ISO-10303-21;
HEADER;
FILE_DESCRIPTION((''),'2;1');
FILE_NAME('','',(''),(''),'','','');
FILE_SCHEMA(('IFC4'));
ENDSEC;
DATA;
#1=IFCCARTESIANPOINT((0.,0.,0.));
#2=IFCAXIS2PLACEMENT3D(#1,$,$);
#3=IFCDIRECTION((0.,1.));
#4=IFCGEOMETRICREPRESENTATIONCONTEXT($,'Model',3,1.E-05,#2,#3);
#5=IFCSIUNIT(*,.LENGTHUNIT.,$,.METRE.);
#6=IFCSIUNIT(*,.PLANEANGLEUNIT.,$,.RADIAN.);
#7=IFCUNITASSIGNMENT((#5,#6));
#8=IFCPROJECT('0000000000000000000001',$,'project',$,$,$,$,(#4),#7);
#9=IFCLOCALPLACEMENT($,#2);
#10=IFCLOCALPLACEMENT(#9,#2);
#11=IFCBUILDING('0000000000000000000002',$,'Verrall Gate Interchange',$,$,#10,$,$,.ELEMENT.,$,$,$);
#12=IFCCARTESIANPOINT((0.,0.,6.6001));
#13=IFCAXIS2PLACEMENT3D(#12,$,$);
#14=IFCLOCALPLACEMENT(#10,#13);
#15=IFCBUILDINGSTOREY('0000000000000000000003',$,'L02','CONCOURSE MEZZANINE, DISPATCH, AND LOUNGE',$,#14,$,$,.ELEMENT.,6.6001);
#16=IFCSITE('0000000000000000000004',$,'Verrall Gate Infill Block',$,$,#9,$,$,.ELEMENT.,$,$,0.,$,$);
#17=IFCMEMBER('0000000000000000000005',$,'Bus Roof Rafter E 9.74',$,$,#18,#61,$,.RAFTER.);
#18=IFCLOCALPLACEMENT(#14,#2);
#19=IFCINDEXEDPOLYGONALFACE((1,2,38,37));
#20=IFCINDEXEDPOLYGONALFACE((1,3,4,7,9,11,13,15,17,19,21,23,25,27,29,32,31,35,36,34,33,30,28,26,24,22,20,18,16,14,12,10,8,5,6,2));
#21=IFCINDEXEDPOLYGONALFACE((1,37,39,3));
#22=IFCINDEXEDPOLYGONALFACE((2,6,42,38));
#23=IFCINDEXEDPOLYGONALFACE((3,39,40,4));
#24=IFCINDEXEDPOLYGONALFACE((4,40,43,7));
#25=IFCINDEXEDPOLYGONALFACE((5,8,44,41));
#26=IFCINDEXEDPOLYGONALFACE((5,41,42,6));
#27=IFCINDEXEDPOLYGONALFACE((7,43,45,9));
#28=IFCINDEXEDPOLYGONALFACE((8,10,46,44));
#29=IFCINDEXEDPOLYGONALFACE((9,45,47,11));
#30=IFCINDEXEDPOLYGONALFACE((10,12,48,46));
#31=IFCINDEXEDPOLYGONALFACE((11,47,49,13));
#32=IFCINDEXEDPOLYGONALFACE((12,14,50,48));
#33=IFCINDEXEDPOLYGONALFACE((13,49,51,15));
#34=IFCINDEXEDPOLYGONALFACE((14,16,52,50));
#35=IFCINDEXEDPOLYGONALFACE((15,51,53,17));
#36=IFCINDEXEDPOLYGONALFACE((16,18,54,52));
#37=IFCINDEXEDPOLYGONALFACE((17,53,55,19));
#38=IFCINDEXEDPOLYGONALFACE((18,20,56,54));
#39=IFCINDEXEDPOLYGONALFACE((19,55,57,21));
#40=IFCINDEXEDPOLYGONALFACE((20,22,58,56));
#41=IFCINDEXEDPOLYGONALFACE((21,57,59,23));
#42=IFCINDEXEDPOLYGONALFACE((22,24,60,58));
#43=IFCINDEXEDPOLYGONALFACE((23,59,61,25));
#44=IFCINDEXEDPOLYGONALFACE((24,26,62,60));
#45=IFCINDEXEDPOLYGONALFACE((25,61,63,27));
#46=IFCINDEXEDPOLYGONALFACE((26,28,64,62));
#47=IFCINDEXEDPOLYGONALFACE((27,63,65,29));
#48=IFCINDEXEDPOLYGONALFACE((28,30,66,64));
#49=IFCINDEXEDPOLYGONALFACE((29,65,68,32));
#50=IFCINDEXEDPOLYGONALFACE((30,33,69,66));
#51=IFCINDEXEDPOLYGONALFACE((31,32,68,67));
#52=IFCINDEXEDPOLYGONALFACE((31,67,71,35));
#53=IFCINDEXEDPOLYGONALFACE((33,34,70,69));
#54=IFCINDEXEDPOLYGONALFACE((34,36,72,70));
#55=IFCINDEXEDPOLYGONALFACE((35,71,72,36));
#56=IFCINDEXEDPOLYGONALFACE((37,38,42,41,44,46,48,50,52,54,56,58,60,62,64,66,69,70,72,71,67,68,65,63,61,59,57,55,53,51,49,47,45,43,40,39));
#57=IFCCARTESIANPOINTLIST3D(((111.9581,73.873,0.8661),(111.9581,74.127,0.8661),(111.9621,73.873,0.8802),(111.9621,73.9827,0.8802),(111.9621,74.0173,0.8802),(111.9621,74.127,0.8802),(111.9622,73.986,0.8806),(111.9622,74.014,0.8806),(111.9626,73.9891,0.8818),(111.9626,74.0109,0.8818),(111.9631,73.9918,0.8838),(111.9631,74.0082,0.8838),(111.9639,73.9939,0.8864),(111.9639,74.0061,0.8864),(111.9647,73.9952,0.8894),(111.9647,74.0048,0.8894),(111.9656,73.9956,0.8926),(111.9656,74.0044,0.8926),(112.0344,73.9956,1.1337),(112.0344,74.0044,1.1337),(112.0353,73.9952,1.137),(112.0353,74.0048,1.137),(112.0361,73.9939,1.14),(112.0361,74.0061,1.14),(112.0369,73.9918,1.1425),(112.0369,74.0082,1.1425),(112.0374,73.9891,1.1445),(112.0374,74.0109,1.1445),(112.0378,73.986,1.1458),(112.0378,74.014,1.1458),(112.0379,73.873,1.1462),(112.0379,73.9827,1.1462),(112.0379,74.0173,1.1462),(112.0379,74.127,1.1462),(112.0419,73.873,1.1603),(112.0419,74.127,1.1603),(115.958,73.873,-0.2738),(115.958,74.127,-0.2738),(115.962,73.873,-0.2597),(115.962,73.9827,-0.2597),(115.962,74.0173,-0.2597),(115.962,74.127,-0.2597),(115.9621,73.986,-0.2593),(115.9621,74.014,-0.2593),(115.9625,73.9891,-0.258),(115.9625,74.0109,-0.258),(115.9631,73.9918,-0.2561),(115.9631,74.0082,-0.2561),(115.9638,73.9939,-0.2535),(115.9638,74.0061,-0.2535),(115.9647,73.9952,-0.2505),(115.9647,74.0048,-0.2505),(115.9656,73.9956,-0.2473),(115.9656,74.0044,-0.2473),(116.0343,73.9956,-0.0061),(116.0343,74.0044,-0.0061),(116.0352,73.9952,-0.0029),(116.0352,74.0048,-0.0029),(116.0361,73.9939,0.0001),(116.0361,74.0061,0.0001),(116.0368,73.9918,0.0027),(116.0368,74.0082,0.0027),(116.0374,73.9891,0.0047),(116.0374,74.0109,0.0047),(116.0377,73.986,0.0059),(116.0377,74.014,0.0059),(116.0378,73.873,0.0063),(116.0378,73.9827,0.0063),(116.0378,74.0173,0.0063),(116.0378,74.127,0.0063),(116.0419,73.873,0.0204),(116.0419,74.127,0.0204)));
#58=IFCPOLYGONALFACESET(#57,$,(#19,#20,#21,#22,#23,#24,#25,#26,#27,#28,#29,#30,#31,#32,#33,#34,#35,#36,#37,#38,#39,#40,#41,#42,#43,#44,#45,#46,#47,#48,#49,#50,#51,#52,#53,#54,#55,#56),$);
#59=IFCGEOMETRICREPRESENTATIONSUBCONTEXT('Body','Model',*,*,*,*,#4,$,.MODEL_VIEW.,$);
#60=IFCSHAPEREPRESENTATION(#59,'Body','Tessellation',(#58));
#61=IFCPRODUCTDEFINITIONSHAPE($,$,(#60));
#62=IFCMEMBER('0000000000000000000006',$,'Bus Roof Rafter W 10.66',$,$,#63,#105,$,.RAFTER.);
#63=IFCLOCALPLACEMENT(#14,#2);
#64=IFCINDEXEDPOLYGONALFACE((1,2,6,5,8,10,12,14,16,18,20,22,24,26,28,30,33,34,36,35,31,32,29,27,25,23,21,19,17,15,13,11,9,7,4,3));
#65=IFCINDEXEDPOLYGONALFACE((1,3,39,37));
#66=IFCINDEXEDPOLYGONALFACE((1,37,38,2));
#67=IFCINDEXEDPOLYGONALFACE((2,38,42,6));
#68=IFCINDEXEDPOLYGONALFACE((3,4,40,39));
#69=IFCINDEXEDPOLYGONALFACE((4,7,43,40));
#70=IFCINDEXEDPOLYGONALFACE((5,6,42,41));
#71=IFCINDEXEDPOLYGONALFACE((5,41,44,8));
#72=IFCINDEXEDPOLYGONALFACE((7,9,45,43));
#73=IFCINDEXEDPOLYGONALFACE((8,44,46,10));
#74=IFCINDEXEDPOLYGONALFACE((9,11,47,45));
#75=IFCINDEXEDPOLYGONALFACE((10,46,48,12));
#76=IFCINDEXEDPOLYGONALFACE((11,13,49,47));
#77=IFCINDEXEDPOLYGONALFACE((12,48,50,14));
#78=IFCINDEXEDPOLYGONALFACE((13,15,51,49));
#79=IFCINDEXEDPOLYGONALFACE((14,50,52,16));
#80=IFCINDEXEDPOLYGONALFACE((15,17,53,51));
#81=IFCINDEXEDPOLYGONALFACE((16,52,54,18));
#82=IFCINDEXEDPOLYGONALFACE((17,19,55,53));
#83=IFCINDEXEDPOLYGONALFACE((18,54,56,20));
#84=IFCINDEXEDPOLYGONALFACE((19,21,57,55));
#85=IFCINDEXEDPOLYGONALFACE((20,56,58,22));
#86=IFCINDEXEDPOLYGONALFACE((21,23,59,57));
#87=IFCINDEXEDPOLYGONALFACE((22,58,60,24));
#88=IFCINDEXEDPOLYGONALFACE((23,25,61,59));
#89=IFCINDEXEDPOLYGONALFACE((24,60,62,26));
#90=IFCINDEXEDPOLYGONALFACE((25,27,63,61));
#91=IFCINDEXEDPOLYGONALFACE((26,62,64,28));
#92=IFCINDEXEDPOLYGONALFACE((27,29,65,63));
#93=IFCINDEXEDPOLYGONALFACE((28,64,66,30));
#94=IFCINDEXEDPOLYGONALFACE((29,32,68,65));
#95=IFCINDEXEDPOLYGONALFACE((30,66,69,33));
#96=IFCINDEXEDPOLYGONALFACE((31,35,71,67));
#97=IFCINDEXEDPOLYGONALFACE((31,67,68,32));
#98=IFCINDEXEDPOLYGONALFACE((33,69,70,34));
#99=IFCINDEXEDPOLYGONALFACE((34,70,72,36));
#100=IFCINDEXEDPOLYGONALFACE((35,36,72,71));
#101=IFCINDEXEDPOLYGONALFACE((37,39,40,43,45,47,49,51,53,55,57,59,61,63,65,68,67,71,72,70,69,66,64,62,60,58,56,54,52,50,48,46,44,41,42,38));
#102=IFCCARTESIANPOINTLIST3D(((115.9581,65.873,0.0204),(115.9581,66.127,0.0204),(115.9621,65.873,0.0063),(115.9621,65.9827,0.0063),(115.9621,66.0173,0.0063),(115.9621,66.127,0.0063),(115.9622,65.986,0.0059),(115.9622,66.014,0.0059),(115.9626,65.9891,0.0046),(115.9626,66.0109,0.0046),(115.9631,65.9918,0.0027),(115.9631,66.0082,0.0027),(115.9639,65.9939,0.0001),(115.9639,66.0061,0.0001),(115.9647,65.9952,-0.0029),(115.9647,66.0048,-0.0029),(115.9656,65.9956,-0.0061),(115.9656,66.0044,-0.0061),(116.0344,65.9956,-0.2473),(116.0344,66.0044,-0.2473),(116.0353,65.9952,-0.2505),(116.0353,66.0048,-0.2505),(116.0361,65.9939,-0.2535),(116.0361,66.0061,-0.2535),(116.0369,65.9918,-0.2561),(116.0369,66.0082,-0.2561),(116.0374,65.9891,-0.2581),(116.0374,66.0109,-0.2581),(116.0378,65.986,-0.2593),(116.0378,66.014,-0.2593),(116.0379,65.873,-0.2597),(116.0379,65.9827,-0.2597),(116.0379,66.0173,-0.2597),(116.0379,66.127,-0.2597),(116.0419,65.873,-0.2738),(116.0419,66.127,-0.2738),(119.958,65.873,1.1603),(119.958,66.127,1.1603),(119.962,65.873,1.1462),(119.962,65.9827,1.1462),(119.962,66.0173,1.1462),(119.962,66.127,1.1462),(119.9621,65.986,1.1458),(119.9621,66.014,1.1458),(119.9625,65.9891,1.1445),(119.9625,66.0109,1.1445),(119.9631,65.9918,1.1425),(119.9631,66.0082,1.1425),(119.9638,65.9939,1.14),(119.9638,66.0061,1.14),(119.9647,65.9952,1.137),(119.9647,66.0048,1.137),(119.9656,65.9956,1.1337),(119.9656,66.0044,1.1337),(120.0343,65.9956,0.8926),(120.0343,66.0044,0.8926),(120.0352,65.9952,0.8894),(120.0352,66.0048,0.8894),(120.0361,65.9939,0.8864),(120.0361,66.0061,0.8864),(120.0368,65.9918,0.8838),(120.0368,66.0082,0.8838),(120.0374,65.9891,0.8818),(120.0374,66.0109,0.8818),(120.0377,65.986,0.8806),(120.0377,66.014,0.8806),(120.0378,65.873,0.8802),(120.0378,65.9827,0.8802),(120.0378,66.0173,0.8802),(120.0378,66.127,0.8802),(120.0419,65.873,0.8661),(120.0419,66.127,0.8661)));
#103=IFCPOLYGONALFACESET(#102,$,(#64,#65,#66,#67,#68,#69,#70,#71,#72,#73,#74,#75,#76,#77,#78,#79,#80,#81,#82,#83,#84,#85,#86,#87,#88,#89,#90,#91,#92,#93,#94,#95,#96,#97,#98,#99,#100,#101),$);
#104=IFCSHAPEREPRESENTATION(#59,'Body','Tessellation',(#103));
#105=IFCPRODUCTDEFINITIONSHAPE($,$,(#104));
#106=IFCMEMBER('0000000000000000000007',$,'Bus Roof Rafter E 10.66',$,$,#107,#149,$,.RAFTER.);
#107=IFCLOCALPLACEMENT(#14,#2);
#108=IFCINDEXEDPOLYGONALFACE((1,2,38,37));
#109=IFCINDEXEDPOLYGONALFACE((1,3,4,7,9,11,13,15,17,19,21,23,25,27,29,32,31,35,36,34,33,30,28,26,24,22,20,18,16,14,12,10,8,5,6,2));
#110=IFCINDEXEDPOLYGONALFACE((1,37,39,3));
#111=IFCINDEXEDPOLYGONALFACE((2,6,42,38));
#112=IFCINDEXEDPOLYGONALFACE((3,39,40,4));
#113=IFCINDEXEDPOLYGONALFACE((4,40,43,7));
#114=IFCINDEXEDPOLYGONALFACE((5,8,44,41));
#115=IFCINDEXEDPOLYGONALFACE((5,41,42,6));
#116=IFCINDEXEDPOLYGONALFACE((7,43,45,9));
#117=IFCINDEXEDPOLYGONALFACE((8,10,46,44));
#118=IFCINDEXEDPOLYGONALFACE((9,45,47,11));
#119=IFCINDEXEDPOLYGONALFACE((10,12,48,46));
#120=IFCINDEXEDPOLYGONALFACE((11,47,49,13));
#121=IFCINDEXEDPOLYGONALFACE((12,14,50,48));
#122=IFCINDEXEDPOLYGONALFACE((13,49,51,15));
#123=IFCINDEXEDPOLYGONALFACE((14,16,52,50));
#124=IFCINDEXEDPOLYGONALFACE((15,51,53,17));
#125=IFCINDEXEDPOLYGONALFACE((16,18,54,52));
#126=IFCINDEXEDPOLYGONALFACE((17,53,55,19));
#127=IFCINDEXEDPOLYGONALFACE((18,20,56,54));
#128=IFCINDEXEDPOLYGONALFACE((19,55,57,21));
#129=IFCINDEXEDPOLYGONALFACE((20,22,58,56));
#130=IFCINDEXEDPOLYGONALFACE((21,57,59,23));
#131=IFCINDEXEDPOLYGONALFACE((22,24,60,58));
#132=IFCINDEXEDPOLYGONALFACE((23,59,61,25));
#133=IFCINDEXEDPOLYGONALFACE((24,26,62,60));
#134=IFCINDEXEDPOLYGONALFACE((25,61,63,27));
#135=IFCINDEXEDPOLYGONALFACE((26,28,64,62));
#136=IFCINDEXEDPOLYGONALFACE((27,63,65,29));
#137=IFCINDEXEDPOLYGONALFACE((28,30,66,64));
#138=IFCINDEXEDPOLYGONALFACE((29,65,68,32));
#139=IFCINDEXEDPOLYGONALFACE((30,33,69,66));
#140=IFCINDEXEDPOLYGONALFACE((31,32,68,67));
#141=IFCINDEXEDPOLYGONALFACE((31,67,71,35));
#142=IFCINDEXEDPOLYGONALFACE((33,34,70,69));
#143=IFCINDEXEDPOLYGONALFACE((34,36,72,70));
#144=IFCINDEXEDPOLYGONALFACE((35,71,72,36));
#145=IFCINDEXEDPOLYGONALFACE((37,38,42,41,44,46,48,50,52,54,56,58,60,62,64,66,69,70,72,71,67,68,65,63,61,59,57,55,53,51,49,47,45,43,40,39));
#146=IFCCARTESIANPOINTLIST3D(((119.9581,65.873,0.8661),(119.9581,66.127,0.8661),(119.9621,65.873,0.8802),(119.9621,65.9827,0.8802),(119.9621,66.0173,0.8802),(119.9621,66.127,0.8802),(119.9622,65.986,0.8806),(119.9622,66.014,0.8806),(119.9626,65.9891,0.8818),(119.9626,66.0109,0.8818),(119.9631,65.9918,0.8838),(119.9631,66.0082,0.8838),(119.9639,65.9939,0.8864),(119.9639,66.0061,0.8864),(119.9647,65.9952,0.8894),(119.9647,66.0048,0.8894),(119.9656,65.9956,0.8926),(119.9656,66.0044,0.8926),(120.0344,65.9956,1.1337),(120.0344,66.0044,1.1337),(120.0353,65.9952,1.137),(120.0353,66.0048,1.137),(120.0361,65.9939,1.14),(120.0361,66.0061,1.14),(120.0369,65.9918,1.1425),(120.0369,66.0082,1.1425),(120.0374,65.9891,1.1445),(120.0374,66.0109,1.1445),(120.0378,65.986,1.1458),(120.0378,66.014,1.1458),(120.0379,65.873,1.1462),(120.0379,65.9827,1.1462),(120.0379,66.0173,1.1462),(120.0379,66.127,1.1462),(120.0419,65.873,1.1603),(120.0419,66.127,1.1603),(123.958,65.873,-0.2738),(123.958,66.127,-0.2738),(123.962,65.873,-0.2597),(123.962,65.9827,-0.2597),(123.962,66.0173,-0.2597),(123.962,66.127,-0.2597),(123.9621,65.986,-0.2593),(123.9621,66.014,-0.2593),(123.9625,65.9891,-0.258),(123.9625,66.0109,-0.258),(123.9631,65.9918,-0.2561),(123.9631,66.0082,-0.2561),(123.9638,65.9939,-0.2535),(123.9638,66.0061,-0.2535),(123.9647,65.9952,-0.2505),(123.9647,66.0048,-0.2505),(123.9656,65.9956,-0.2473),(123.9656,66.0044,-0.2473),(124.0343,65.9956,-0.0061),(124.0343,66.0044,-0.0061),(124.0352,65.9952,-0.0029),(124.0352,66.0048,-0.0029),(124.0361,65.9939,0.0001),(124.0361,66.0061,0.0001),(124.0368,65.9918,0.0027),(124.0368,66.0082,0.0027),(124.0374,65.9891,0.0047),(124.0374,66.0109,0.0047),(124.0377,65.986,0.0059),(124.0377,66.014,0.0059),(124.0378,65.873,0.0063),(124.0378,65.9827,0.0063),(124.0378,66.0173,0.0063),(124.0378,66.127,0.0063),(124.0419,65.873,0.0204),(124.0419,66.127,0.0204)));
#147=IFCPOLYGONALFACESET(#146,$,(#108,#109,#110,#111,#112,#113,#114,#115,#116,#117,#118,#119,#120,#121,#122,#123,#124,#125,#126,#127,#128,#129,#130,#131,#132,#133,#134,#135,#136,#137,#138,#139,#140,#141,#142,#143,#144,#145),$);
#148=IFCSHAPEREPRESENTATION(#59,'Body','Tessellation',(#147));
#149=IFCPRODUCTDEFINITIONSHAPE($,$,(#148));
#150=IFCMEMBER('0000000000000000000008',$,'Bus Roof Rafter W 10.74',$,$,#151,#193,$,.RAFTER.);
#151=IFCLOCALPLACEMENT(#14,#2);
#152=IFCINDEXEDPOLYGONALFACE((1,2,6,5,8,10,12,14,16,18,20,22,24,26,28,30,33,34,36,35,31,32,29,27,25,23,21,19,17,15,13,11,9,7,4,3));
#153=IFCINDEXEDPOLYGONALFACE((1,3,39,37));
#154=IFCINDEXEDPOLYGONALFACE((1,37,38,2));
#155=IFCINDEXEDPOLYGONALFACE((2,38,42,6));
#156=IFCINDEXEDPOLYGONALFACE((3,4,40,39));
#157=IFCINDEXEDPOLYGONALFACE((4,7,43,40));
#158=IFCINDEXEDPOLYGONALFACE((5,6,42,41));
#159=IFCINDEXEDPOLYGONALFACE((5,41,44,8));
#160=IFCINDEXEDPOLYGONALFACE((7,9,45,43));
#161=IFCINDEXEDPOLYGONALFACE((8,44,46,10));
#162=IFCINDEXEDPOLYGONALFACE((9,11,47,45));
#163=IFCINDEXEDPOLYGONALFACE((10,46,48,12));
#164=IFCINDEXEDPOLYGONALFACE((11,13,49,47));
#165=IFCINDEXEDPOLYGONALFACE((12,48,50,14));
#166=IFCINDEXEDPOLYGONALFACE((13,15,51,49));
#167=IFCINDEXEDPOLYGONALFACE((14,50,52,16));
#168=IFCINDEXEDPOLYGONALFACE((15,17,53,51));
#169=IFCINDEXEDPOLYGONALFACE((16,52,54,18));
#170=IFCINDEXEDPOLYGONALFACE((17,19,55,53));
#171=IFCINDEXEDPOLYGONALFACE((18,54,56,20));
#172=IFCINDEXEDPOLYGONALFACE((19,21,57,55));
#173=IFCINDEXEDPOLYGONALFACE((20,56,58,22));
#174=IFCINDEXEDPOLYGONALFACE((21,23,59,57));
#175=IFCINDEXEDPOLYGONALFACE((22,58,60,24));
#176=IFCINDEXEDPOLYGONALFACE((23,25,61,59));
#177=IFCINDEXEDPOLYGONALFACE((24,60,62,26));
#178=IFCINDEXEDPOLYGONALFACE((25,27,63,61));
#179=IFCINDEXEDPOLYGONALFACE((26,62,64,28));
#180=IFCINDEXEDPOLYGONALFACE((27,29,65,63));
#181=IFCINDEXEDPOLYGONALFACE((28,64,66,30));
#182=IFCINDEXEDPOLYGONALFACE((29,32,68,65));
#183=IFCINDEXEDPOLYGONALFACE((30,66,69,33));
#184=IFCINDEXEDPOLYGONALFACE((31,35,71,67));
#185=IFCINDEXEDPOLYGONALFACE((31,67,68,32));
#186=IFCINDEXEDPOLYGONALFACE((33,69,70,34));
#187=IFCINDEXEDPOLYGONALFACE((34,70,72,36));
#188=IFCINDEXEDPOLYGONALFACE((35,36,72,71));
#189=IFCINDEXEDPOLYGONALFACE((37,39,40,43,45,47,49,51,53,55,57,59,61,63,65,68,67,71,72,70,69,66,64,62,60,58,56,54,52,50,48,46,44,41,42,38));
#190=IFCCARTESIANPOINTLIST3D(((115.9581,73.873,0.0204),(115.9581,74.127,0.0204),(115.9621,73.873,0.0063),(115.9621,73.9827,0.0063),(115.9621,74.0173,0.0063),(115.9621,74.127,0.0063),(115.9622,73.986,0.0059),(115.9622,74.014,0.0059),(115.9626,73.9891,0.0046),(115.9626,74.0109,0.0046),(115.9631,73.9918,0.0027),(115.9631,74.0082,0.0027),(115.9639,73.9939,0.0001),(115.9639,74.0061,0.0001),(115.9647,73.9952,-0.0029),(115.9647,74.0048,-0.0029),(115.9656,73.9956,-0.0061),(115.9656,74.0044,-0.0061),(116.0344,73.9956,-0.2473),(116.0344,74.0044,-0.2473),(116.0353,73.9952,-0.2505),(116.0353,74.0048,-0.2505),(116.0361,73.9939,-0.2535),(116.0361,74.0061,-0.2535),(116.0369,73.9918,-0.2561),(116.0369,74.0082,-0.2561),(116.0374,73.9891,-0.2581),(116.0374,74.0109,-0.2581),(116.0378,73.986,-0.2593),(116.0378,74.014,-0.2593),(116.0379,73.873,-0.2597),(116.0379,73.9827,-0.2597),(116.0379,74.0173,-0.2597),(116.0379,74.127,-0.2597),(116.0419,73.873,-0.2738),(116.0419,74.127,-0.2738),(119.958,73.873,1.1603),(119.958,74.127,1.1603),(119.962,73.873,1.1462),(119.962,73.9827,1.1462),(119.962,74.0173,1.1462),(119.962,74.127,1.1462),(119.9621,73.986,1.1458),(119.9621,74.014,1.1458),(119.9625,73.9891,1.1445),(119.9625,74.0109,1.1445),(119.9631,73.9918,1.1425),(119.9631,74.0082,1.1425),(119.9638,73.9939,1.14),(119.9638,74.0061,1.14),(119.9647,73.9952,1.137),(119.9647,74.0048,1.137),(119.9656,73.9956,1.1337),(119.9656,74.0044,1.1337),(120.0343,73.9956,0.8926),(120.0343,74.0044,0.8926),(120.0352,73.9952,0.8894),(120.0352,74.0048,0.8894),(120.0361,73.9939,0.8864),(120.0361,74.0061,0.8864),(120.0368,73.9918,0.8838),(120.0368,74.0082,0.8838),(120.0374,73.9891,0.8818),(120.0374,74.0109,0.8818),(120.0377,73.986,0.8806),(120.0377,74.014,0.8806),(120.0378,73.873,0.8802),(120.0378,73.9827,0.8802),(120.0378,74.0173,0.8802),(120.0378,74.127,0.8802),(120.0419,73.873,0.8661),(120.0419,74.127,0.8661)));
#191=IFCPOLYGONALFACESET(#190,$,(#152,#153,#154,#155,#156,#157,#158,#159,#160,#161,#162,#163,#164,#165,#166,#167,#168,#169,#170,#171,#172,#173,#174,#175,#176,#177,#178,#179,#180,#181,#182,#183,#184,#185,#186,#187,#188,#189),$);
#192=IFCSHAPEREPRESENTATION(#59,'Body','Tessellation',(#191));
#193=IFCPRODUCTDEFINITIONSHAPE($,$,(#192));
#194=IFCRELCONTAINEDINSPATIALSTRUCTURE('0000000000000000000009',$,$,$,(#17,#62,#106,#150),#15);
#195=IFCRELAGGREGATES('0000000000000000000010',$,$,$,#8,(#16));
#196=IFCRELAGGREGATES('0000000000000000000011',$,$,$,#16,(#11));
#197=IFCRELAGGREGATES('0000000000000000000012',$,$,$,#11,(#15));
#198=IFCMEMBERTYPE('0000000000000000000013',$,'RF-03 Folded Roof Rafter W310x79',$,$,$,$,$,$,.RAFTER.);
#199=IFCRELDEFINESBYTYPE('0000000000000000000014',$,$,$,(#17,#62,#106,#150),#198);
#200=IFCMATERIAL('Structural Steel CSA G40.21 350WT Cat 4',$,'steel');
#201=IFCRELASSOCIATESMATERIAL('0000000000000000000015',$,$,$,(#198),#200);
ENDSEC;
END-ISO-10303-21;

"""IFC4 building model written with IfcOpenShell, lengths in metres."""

from ifc_helpers import new_model, si_unit, direction, frame, origin, origin_2d, place, context, subcontext, project, spatial, i_section, extrude, material, material_profile, profile_set, type_object, element, save


model = new_model("IFC4")

# Units and contexts
model_context = context("Model", 3, precision=1e-05, world=origin(), true_north=direction((0.0, 1.0)))
body_context = subcontext(model_context, "Body", "Model", "MODEL_VIEW")
ifc_project = project(units=[si_unit("LENGTHUNIT", "METRE"), si_unit("PLANEANGLEUNIT", "RADIAN")], contexts=[model_context])

# Site, building, storey
site_placement = place(None, origin())
site = spatial("IfcSite", under=ifc_project, at=site_placement, Name="Verrall Gate Infill Block", CompositionType="ELEMENT", RefElevation=0.0)
building_placement = place(site_placement, origin())
building = spatial("IfcBuilding", under=site, at=building_placement, Name="Verrall Gate Interchange", CompositionType="ELEMENT")
storey_placement = place(building_placement, frame((0.0, 0.0, 6.6001)))
storey = spatial("IfcBuildingStorey", under=building, at=storey_placement, Name="L02", Description="CONCOURSE MEZZANINE, DISPATCH, AND LOUNGE", CompositionType="ELEMENT", Elevation=6.6001)

# Members
ifc_material_1 = material(Name="Structural Steel CSA G40.21 350WT Cat 4", Category="steel")
ifc_material_profile_1 = material_profile(ifc_material_1, i_section(OverallWidth=0.2539, OverallDepth=0.3059, WebThickness=0.0088, FlangeThickness=0.0146, FilletRadius=0.0129, at=origin_2d()), Name="W310x79")
ifc_profile_set_1 = profile_set([ifc_material_profile_1], Name="Structural Steel CSA G40.21 350WT Cat 4")
member_type_1 = type_object("IfcMemberType", Name="RF-03 Folded Roof Rafter W310x79", PredefinedType="RAFTER", material=ifc_profile_set_1)
for number, where, z_axis, x_axis, name in (
    (1, (112.0, 74.0, 1.0132), (0.961712, 0.0, -0.274062), (0.0, 1.0, 0.0), "Bus Roof Rafter E 9.74"),
    (2, (116.0, 66.0, -0.1267), (0.961712, 0.0, 0.274062), (0.0, 1.0, 0.0), "Bus Roof Rafter W 10.66"),
    (3, (120.0, 66.0, 1.0132), (0.961712, 0.0, -0.274062), (0.0, 1.0, 0.0), "Bus Roof Rafter E 10.66"),
    (4, (116.0, 74.0, -0.1267), (0.961712, 0.0, 0.274062), (0.0, 1.0, 0.0), "Bus Roof Rafter W 10.74"),
):
    element("IfcMember", number, at=place(storey_placement, frame(where, z_axis=z_axis, x_axis=x_axis)), inside=storey, type_object=member_type_1, Name=name, PredefinedType="RAFTER", context=body_context, shape_type="SweptSolid", body=[
        extrude(i_section(OverallWidth=0.2539, OverallDepth=0.3059, WebThickness=0.0088, FlangeThickness=0.0146, FilletRadius=0.0129, at=origin_2d()), origin(), (0.0, 0.0, 1.0), 4.1592),
    ])

save(model, "model.ifc")
